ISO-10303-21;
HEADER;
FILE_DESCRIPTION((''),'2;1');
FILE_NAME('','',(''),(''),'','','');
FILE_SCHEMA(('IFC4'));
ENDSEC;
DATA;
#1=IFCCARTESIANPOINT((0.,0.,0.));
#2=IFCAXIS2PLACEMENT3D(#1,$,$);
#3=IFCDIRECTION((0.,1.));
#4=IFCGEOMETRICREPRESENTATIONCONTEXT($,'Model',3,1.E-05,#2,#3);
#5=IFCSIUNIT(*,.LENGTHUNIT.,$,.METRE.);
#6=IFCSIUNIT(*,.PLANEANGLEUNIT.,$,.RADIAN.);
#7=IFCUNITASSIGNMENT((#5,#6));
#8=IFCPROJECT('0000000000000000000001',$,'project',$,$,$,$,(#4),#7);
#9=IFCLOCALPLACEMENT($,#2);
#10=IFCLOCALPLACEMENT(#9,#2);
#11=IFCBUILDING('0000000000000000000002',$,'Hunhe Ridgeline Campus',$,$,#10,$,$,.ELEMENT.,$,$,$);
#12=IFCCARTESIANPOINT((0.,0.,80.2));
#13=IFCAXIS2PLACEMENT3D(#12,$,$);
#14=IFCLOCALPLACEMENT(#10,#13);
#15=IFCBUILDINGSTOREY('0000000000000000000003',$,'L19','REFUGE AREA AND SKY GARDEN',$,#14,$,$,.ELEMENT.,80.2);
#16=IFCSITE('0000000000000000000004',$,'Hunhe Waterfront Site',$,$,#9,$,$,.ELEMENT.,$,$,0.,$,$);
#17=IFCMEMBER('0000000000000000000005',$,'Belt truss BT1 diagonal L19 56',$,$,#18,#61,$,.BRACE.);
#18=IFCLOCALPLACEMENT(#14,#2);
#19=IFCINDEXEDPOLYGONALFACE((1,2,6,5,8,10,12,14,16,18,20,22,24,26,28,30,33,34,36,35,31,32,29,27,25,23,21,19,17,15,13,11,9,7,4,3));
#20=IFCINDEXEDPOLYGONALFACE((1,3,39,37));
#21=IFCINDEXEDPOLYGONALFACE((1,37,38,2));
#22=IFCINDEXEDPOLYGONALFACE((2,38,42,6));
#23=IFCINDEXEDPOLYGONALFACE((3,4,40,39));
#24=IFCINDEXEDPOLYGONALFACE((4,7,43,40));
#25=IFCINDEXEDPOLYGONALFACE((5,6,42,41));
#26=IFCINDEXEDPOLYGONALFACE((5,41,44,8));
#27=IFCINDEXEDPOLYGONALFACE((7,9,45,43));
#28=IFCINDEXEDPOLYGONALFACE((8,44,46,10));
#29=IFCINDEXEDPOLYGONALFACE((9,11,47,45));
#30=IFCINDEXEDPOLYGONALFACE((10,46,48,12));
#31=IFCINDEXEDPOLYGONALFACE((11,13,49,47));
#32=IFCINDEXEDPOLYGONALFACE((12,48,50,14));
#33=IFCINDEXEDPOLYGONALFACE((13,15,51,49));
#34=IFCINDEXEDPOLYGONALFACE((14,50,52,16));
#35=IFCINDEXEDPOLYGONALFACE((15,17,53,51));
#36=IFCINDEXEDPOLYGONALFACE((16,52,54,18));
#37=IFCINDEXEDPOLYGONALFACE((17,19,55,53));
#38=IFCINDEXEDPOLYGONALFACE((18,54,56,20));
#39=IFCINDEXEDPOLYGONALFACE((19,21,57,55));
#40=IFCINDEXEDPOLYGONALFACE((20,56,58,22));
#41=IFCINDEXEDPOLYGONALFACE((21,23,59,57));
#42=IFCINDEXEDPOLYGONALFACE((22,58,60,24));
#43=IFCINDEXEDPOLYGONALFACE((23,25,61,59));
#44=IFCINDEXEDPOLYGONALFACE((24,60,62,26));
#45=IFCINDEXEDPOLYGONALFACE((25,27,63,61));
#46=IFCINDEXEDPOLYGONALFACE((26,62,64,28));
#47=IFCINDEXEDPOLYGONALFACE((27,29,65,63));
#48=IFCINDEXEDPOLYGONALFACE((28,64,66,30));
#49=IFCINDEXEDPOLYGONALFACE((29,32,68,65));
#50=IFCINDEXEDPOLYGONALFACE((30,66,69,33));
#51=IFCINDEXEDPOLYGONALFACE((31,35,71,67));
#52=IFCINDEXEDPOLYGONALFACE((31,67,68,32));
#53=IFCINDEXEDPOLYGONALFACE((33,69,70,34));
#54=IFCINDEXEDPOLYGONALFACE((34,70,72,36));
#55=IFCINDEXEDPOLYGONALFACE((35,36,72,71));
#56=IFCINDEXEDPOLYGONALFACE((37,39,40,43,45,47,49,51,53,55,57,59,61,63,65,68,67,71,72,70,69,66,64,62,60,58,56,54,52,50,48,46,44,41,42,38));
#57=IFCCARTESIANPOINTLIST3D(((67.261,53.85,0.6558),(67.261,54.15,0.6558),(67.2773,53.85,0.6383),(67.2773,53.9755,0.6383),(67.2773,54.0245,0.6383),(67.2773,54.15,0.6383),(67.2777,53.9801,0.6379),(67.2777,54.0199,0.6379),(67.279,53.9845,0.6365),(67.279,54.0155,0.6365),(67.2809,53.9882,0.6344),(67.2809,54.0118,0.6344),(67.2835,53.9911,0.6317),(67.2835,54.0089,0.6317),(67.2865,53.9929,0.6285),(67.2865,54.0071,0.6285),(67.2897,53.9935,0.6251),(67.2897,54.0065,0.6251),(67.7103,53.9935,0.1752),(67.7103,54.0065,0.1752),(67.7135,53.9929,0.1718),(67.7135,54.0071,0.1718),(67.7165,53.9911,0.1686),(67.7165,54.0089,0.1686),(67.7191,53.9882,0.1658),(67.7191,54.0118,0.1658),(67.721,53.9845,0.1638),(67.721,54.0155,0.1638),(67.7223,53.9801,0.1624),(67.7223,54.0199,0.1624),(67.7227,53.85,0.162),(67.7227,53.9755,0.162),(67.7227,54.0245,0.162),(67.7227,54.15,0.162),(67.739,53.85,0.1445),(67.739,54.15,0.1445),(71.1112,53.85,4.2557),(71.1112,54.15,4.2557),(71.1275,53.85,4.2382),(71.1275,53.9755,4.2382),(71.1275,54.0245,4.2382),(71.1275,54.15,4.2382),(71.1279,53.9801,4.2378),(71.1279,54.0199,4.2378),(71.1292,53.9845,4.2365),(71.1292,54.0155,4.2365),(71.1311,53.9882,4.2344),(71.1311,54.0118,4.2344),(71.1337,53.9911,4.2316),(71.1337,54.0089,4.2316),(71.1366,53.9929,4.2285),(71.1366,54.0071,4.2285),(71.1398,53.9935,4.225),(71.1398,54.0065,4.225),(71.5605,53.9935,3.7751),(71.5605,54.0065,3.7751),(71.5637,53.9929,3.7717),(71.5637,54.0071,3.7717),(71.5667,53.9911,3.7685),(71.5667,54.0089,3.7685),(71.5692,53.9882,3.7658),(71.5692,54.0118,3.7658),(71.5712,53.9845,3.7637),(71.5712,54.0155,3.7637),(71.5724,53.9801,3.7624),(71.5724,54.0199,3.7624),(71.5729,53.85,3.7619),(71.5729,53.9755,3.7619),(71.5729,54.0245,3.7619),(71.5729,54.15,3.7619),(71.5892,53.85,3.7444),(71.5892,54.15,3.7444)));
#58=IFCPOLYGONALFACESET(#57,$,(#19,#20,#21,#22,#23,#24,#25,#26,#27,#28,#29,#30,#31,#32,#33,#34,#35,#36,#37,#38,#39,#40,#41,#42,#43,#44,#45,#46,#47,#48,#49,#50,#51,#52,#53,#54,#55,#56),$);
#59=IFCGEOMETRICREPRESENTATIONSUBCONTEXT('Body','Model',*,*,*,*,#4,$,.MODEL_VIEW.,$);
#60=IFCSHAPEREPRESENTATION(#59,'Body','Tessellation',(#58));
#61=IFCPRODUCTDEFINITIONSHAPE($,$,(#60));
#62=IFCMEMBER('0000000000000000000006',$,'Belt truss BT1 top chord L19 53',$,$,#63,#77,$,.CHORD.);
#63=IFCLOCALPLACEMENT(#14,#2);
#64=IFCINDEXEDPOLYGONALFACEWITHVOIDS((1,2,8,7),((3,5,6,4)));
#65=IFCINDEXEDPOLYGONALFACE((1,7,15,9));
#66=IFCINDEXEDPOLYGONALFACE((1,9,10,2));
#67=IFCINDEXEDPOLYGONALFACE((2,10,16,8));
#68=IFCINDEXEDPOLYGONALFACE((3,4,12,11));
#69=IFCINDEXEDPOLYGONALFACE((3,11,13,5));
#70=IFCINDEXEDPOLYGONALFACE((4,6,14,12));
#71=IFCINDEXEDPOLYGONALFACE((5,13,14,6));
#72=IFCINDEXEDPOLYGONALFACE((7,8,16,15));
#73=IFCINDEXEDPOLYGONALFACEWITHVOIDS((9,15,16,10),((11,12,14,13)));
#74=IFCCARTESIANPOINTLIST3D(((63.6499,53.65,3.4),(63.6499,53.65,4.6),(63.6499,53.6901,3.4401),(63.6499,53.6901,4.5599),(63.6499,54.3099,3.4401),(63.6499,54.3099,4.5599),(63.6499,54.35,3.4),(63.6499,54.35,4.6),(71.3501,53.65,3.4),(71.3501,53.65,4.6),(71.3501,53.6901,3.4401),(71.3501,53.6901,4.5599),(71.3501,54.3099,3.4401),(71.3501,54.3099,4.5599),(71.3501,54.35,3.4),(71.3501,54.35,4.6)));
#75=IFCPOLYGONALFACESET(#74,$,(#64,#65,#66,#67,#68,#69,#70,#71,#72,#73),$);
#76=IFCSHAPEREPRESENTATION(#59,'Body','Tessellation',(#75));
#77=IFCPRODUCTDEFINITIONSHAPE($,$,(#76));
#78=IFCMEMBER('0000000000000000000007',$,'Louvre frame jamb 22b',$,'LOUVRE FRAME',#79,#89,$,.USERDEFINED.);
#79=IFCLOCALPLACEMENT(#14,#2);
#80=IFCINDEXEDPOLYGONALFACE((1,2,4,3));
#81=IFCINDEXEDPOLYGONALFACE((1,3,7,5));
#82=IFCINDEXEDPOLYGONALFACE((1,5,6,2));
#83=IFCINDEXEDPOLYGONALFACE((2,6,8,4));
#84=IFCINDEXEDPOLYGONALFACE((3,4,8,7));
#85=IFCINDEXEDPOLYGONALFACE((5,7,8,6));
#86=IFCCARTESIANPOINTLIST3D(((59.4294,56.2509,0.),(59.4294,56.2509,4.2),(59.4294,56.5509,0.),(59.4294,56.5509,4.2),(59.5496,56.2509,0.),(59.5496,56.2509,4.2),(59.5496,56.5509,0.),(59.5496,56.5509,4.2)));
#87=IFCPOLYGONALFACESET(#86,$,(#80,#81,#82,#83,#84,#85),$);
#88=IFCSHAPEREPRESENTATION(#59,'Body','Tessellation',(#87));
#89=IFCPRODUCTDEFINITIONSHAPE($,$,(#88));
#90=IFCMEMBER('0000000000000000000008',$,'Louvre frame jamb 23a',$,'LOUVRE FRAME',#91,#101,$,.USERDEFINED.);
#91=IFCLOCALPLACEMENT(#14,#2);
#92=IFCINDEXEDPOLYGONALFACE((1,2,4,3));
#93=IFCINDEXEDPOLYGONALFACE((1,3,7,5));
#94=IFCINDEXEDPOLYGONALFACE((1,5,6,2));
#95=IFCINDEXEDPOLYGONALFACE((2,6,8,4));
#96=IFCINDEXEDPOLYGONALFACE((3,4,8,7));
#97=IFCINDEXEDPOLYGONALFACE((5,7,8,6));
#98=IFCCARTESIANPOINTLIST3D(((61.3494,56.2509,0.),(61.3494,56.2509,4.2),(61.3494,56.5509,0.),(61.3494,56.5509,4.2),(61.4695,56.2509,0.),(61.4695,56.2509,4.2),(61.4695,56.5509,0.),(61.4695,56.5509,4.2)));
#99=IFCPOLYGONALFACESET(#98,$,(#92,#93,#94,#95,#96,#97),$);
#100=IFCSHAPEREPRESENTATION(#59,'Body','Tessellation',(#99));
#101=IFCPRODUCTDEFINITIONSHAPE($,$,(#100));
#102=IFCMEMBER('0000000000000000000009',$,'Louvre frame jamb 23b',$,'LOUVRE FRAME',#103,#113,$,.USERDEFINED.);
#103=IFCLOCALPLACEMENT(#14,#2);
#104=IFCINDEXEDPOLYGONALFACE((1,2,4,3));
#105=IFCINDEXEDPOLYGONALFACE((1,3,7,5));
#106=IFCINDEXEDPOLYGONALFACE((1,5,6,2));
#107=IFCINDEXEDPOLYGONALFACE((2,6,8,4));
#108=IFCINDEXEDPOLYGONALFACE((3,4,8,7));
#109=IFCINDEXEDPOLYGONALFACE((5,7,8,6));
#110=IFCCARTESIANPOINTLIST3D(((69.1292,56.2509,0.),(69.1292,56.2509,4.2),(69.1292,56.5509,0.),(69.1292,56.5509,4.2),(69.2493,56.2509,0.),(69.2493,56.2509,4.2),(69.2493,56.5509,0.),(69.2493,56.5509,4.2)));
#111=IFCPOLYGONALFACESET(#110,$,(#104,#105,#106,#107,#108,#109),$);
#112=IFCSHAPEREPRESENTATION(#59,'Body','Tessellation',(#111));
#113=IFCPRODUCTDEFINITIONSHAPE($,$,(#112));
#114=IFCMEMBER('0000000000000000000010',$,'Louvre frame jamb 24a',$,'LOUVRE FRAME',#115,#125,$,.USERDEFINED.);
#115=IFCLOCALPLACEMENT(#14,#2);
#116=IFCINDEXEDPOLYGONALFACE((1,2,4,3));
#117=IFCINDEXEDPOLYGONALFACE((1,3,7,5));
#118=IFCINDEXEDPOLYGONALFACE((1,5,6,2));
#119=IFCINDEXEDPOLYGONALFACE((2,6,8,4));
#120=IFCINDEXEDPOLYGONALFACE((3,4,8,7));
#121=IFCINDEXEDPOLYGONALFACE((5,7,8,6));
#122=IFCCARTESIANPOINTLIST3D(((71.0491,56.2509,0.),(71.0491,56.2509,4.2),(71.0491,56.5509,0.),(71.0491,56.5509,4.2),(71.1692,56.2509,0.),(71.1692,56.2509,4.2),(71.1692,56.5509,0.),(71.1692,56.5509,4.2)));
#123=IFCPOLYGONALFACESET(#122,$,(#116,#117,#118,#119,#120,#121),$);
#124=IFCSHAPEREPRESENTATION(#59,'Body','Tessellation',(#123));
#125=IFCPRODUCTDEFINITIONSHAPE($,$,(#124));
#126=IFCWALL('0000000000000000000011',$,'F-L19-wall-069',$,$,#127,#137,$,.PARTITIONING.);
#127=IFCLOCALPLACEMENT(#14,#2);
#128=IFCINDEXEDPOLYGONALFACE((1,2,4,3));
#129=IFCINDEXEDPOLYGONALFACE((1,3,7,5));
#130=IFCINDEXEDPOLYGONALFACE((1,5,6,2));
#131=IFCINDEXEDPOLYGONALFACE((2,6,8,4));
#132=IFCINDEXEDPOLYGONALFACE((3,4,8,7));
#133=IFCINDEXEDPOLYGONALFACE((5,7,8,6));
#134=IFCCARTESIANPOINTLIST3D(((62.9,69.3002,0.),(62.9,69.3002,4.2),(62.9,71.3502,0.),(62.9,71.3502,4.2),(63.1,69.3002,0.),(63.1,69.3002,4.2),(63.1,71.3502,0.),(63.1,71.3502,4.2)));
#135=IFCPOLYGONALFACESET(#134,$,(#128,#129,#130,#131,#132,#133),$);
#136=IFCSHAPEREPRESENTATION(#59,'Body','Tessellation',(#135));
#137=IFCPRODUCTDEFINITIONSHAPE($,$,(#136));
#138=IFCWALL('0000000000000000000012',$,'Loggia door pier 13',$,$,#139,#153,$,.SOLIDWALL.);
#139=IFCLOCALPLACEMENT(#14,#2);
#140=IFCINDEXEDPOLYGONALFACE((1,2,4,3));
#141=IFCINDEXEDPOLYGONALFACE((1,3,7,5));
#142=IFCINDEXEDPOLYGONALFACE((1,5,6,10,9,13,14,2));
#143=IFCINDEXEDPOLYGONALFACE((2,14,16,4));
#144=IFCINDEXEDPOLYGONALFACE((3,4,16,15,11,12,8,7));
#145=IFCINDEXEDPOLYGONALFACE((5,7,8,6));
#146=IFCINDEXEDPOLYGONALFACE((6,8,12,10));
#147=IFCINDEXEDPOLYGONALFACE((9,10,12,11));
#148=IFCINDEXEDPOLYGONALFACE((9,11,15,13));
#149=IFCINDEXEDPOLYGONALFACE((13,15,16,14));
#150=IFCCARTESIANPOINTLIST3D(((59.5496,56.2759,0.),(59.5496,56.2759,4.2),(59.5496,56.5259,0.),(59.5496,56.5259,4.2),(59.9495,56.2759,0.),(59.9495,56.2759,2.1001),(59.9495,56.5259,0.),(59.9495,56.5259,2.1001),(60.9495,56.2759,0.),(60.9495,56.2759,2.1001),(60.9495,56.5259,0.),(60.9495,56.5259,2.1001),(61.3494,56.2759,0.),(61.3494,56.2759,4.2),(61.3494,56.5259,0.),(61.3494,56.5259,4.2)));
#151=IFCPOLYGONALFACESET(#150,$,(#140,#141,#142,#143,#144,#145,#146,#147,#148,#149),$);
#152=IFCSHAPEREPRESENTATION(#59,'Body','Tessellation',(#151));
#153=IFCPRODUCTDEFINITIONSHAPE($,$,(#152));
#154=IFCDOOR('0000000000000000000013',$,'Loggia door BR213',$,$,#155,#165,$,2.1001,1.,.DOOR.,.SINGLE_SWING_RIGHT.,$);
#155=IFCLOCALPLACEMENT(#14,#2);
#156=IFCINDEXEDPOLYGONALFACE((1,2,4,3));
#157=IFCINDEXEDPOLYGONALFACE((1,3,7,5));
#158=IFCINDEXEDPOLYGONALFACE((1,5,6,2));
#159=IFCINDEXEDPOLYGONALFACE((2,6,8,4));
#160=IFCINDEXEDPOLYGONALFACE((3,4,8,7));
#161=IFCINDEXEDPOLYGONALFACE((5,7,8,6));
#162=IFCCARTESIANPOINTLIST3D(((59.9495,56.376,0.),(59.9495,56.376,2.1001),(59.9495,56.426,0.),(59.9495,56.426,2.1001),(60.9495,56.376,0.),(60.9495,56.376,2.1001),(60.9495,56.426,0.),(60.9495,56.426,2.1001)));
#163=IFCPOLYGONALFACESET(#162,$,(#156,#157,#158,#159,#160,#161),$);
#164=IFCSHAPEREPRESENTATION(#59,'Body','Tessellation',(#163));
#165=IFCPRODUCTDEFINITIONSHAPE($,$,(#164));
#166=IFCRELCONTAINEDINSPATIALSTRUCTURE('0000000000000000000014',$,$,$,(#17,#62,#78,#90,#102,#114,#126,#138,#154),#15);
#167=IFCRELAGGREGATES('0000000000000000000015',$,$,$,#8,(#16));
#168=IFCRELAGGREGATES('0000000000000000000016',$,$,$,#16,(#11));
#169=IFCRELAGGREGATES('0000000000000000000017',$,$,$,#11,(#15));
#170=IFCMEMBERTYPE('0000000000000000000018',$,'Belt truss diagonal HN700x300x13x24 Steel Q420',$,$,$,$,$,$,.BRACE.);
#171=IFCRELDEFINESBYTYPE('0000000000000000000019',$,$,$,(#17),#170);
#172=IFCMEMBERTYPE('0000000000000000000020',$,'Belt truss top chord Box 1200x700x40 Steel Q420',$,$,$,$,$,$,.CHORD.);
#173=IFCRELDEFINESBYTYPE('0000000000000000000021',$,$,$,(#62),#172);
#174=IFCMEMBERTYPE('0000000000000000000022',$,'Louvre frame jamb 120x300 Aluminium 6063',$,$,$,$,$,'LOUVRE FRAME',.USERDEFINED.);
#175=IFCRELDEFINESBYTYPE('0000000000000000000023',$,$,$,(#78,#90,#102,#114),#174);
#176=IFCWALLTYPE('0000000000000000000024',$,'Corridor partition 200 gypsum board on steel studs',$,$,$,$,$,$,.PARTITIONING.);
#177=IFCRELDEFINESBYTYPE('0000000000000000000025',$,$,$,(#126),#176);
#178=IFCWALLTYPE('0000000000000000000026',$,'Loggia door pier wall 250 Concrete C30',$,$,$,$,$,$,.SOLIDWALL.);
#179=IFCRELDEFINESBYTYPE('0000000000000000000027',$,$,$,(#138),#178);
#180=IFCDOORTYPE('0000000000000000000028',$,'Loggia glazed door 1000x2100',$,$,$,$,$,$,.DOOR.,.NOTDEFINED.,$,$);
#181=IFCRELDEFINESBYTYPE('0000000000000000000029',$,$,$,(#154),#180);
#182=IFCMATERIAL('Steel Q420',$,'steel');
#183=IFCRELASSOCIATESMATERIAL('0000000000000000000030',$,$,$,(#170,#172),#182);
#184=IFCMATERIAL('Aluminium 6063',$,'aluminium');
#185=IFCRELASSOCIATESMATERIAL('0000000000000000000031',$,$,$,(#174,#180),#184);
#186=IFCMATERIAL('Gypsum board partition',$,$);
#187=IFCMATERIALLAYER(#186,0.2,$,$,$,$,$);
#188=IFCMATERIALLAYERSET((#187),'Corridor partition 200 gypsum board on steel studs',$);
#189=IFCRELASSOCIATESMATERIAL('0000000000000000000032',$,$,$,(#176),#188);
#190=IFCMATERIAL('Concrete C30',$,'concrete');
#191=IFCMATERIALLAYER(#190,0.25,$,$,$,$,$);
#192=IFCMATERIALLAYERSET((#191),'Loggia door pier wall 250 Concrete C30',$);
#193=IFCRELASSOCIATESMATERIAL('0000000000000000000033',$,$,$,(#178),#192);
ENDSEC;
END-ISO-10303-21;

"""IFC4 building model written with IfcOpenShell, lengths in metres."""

from ifc_helpers import new_model, si_unit, direction, frame, frame_2d, origin, origin_2d, place, context, subcontext, project, spatial, rectangle, hollow_rectangle, i_section, extrude, material, layer, layer_set, material_profile, profile_set, type_object, element, fill, save


model = new_model("IFC4")

# Units and contexts
model_context = context("Model", 3, precision=1e-05, world=origin(), true_north=direction((0.0, 1.0)))
body_context = subcontext(model_context, "Body", "Model", "MODEL_VIEW")
ifc_project = project(units=[si_unit("LENGTHUNIT", "METRE"), si_unit("PLANEANGLEUNIT", "RADIAN")], contexts=[model_context])

# Site, building, storey
site_placement = place(None, origin())
site = spatial("IfcSite", under=ifc_project, at=site_placement, Name="Hunhe Waterfront Site", CompositionType="ELEMENT", RefElevation=0.0)
building_placement = place(site_placement, origin())
building = spatial("IfcBuilding", under=site, at=building_placement, Name="Hunhe Ridgeline Campus", CompositionType="ELEMENT")
storey_placement = place(building_placement, frame((0.0, 0.0, 80.2)))
storey = spatial("IfcBuildingStorey", under=building, at=storey_placement, Name="L19", Description="REFUGE AREA AND SKY GARDEN", CompositionType="ELEMENT", Elevation=80.2)

# Members
ifc_material_1 = material(Name="Steel Q420", Category="steel")
ifc_material_profile_1 = material_profile(ifc_material_1, i_section(OverallWidth=0.3, OverallDepth=0.7, WebThickness=0.0129, FlangeThickness=0.0239, FilletRadius=0.0181, at=origin_2d()))
ifc_profile_set_1 = profile_set([ifc_material_profile_1], Name="Steel Q420")
member_type_1 = type_object("IfcMemberType", Name="Belt truss diagonal HN700x300x13x24 Steel Q420", PredefinedType="BRACE", material=ifc_profile_set_1)
for number, where, z_axis, x_axis, name in (
    (1, (67.5, 54.0, 0.4001), (0.730447, 0.0, 0.68297), (0.0, 1.0, 0.0), "Belt truss BT1 diagonal L19 56"),
):
    element("IfcMember", number, at=place(storey_placement, frame(where, z_axis=z_axis, x_axis=x_axis)), inside=storey, type_object=member_type_1, Name=name, PredefinedType="BRACE", context=body_context, shape_type="SweptSolid", body=[
        extrude(i_section(OverallWidth=0.3, OverallDepth=0.7, WebThickness=0.0129, FlangeThickness=0.0239, FilletRadius=0.0181, at=origin_2d()), origin(), (0.0, 0.0, 1.0), 5.271),
    ])
ifc_material_profile_2 = material_profile(ifc_material_1, hollow_rectangle(XDim=0.7, YDim=1.2, WallThickness=0.04, at=origin_2d()))
ifc_profile_set_2 = profile_set([ifc_material_profile_2], Name="Steel Q420")
member_type_2 = type_object("IfcMemberType", Name="Belt truss top chord Box 1200x700x40 Steel Q420", PredefinedType="CHORD", material=ifc_profile_set_2)
member_1_placement = place(storey_placement, frame((63.6499, 54.0, 4.0), z_axis=(1.0, 0.0, 0.0), x_axis=(0.0, 1.0, 0.0)))
element("IfcMember", 2, at=member_1_placement, inside=storey, type_object=member_type_2, Name="Belt truss BT1 top chord L19 53", PredefinedType="CHORD", context=body_context, shape_type="SweptSolid", body=[
    extrude(hollow_rectangle(XDim=0.7, YDim=1.2, WallThickness=0.04, at=origin_2d()), origin(), (0.0, 0.0, 1.0), 7.7002),
])
ifc_material_2 = material(Name="Aluminium 6063", Category="aluminium")
ifc_material_profile_3 = material_profile(ifc_material_2, rectangle(XDim=0.3, YDim=0.1201, at=origin_2d()))
ifc_profile_set_3 = profile_set([ifc_material_profile_3], Name="Aluminium 6063")
member_type_3 = type_object("IfcMemberType", Name="Louvre frame jamb 120x300 Aluminium 6063", ElementType="LOUVRE FRAME", PredefinedType="USERDEFINED", material=ifc_profile_set_3)
for number, where, z_axis, x_axis, name in (
    (3, (59.4895, 56.4009, 0.0), (0.0, 0.0, 1.0), (0.0, 1.0, 0.0), "Louvre frame jamb 22b"),
    (4, (61.4094, 56.4009, 0.0), (0.0, 0.0, 1.0), (0.0, 1.0, 0.0), "Louvre frame jamb 23a"),
    (5, (69.1892, 56.4009, 0.0), (0.0, 0.0, 1.0), (0.0, 1.0, 0.0), "Louvre frame jamb 23b"),
    (6, (71.1091, 56.4009, 0.0), (0.0, 0.0, 1.0), (0.0, 1.0, 0.0), "Louvre frame jamb 24a"),
):
    element("IfcMember", number, at=place(storey_placement, frame(where, z_axis=z_axis, x_axis=x_axis)), inside=storey, type_object=member_type_3, Name=name, ObjectType="LOUVRE FRAME", PredefinedType="USERDEFINED", context=body_context, shape_type="SweptSolid", body=[
        extrude(rectangle(XDim=0.3, YDim=0.1201, at=origin_2d()), origin(), (0.0, 0.0, 1.0), 4.2),
    ])

# Wall
ifc_material_3 = material(Name="Gypsum board partition")
ifc_layer_1 = layer(ifc_material_3, 0.2)
ifc_layer_set_1 = layer_set([ifc_layer_1], Name="Corridor partition 200 gypsum board on steel studs")
wall_type_1 = type_object("IfcWallType", Name="Corridor partition 200 gypsum board on steel studs", PredefinedType="PARTITIONING", material=ifc_layer_set_1)
wall_1_placement = place(storey_placement, frame((63.0, 71.3501, 0.0), z_axis=(0.0, 0.0, 1.0), x_axis=(0.0, -1.0, 0.0)))
element("IfcWall", 7, at=wall_1_placement, inside=storey, type_object=wall_type_1, Name="F-L19-wall-069", PredefinedType="PARTITIONING", context=body_context, shape_type="SweptSolid", body=[
    extrude(rectangle(XDim=2.05, YDim=0.2, at=frame_2d((1.0249, 0.0))), origin(), (0.0, 0.0, 1.0), 4.2),
])

# Wall, opening, door
ifc_material_4 = material(Name="Concrete C30", Category="concrete")
ifc_layer_2 = layer(ifc_material_4, 0.25)
ifc_layer_set_2 = layer_set([ifc_layer_2], Name="Loggia door pier wall 250 Concrete C30")
wall_type_2 = type_object("IfcWallType", Name="Loggia door pier wall 250 Concrete C30", PredefinedType="SOLIDWALL", material=ifc_layer_set_2)
wall_2_placement = place(storey_placement, frame((59.5496, 56.4009, 0.0), z_axis=(0.0, 0.0, 1.0), x_axis=(1.0, 0.0, 0.0)))
wall_2 = element("IfcWall", 8, at=wall_2_placement, inside=storey, type_object=wall_type_2, Name="Loggia door pier 13", PredefinedType="SOLIDWALL", context=body_context, shape_type="SweptSolid", body=[
    extrude(rectangle(XDim=1.7998, YDim=0.25, at=frame_2d((0.8999, 0.0))), origin(), (0.0, 0.0, 1.0), 4.2),
])
opening_1_placement = place(wall_2_placement, frame((0.3999, 0.0, 0.0)))
opening_1 = element("IfcOpeningElement", 9, at=opening_1_placement, cuts=wall_2, PredefinedType="OPENING", context=body_context, shape_type="SweptSolid", body=[
    extrude(rectangle(XDim=1.0, YDim=2.1001, at=frame_2d((0.5, 1.05))), frame((0.0, 0.125, 0.0), z_axis=(0.0, -1.0, 0.0), x_axis=(1.0, 0.0, 0.0)), (0.0, 0.0, 1.0), 0.25),
])
door_type = type_object("IfcDoorType", Name="Loggia glazed door 1000x2100", OperationType="NOTDEFINED", PredefinedType="DOOR", material=ifc_material_2)
door_1_placement = place(opening_1_placement, frame((1.0, 0.0, 0.0), z_axis=(0.0, 0.0, 1.0), x_axis=(-1.0, 0.0, 0.0)))
door_1 = element("IfcDoor", 10, at=door_1_placement, inside=storey, type_object=door_type, Name="Loggia door BR213", OperationType="SINGLE_SWING_RIGHT", OverallHeight=2.1001, OverallWidth=1.0, PredefinedType="DOOR", context=body_context, shape_type="SweptSolid", body=[
    extrude(rectangle(XDim=1.0, YDim=2.1001, at=frame_2d((0.5, 1.05))), frame((0.0, 0.0249, 0.0), z_axis=(0.0, -1.0, 0.0), x_axis=(1.0, 0.0, 0.0)), (0.0, 0.0, 1.0), 0.05),
])
fill(opening_1, door_1)

save(model, "model.ifc")
